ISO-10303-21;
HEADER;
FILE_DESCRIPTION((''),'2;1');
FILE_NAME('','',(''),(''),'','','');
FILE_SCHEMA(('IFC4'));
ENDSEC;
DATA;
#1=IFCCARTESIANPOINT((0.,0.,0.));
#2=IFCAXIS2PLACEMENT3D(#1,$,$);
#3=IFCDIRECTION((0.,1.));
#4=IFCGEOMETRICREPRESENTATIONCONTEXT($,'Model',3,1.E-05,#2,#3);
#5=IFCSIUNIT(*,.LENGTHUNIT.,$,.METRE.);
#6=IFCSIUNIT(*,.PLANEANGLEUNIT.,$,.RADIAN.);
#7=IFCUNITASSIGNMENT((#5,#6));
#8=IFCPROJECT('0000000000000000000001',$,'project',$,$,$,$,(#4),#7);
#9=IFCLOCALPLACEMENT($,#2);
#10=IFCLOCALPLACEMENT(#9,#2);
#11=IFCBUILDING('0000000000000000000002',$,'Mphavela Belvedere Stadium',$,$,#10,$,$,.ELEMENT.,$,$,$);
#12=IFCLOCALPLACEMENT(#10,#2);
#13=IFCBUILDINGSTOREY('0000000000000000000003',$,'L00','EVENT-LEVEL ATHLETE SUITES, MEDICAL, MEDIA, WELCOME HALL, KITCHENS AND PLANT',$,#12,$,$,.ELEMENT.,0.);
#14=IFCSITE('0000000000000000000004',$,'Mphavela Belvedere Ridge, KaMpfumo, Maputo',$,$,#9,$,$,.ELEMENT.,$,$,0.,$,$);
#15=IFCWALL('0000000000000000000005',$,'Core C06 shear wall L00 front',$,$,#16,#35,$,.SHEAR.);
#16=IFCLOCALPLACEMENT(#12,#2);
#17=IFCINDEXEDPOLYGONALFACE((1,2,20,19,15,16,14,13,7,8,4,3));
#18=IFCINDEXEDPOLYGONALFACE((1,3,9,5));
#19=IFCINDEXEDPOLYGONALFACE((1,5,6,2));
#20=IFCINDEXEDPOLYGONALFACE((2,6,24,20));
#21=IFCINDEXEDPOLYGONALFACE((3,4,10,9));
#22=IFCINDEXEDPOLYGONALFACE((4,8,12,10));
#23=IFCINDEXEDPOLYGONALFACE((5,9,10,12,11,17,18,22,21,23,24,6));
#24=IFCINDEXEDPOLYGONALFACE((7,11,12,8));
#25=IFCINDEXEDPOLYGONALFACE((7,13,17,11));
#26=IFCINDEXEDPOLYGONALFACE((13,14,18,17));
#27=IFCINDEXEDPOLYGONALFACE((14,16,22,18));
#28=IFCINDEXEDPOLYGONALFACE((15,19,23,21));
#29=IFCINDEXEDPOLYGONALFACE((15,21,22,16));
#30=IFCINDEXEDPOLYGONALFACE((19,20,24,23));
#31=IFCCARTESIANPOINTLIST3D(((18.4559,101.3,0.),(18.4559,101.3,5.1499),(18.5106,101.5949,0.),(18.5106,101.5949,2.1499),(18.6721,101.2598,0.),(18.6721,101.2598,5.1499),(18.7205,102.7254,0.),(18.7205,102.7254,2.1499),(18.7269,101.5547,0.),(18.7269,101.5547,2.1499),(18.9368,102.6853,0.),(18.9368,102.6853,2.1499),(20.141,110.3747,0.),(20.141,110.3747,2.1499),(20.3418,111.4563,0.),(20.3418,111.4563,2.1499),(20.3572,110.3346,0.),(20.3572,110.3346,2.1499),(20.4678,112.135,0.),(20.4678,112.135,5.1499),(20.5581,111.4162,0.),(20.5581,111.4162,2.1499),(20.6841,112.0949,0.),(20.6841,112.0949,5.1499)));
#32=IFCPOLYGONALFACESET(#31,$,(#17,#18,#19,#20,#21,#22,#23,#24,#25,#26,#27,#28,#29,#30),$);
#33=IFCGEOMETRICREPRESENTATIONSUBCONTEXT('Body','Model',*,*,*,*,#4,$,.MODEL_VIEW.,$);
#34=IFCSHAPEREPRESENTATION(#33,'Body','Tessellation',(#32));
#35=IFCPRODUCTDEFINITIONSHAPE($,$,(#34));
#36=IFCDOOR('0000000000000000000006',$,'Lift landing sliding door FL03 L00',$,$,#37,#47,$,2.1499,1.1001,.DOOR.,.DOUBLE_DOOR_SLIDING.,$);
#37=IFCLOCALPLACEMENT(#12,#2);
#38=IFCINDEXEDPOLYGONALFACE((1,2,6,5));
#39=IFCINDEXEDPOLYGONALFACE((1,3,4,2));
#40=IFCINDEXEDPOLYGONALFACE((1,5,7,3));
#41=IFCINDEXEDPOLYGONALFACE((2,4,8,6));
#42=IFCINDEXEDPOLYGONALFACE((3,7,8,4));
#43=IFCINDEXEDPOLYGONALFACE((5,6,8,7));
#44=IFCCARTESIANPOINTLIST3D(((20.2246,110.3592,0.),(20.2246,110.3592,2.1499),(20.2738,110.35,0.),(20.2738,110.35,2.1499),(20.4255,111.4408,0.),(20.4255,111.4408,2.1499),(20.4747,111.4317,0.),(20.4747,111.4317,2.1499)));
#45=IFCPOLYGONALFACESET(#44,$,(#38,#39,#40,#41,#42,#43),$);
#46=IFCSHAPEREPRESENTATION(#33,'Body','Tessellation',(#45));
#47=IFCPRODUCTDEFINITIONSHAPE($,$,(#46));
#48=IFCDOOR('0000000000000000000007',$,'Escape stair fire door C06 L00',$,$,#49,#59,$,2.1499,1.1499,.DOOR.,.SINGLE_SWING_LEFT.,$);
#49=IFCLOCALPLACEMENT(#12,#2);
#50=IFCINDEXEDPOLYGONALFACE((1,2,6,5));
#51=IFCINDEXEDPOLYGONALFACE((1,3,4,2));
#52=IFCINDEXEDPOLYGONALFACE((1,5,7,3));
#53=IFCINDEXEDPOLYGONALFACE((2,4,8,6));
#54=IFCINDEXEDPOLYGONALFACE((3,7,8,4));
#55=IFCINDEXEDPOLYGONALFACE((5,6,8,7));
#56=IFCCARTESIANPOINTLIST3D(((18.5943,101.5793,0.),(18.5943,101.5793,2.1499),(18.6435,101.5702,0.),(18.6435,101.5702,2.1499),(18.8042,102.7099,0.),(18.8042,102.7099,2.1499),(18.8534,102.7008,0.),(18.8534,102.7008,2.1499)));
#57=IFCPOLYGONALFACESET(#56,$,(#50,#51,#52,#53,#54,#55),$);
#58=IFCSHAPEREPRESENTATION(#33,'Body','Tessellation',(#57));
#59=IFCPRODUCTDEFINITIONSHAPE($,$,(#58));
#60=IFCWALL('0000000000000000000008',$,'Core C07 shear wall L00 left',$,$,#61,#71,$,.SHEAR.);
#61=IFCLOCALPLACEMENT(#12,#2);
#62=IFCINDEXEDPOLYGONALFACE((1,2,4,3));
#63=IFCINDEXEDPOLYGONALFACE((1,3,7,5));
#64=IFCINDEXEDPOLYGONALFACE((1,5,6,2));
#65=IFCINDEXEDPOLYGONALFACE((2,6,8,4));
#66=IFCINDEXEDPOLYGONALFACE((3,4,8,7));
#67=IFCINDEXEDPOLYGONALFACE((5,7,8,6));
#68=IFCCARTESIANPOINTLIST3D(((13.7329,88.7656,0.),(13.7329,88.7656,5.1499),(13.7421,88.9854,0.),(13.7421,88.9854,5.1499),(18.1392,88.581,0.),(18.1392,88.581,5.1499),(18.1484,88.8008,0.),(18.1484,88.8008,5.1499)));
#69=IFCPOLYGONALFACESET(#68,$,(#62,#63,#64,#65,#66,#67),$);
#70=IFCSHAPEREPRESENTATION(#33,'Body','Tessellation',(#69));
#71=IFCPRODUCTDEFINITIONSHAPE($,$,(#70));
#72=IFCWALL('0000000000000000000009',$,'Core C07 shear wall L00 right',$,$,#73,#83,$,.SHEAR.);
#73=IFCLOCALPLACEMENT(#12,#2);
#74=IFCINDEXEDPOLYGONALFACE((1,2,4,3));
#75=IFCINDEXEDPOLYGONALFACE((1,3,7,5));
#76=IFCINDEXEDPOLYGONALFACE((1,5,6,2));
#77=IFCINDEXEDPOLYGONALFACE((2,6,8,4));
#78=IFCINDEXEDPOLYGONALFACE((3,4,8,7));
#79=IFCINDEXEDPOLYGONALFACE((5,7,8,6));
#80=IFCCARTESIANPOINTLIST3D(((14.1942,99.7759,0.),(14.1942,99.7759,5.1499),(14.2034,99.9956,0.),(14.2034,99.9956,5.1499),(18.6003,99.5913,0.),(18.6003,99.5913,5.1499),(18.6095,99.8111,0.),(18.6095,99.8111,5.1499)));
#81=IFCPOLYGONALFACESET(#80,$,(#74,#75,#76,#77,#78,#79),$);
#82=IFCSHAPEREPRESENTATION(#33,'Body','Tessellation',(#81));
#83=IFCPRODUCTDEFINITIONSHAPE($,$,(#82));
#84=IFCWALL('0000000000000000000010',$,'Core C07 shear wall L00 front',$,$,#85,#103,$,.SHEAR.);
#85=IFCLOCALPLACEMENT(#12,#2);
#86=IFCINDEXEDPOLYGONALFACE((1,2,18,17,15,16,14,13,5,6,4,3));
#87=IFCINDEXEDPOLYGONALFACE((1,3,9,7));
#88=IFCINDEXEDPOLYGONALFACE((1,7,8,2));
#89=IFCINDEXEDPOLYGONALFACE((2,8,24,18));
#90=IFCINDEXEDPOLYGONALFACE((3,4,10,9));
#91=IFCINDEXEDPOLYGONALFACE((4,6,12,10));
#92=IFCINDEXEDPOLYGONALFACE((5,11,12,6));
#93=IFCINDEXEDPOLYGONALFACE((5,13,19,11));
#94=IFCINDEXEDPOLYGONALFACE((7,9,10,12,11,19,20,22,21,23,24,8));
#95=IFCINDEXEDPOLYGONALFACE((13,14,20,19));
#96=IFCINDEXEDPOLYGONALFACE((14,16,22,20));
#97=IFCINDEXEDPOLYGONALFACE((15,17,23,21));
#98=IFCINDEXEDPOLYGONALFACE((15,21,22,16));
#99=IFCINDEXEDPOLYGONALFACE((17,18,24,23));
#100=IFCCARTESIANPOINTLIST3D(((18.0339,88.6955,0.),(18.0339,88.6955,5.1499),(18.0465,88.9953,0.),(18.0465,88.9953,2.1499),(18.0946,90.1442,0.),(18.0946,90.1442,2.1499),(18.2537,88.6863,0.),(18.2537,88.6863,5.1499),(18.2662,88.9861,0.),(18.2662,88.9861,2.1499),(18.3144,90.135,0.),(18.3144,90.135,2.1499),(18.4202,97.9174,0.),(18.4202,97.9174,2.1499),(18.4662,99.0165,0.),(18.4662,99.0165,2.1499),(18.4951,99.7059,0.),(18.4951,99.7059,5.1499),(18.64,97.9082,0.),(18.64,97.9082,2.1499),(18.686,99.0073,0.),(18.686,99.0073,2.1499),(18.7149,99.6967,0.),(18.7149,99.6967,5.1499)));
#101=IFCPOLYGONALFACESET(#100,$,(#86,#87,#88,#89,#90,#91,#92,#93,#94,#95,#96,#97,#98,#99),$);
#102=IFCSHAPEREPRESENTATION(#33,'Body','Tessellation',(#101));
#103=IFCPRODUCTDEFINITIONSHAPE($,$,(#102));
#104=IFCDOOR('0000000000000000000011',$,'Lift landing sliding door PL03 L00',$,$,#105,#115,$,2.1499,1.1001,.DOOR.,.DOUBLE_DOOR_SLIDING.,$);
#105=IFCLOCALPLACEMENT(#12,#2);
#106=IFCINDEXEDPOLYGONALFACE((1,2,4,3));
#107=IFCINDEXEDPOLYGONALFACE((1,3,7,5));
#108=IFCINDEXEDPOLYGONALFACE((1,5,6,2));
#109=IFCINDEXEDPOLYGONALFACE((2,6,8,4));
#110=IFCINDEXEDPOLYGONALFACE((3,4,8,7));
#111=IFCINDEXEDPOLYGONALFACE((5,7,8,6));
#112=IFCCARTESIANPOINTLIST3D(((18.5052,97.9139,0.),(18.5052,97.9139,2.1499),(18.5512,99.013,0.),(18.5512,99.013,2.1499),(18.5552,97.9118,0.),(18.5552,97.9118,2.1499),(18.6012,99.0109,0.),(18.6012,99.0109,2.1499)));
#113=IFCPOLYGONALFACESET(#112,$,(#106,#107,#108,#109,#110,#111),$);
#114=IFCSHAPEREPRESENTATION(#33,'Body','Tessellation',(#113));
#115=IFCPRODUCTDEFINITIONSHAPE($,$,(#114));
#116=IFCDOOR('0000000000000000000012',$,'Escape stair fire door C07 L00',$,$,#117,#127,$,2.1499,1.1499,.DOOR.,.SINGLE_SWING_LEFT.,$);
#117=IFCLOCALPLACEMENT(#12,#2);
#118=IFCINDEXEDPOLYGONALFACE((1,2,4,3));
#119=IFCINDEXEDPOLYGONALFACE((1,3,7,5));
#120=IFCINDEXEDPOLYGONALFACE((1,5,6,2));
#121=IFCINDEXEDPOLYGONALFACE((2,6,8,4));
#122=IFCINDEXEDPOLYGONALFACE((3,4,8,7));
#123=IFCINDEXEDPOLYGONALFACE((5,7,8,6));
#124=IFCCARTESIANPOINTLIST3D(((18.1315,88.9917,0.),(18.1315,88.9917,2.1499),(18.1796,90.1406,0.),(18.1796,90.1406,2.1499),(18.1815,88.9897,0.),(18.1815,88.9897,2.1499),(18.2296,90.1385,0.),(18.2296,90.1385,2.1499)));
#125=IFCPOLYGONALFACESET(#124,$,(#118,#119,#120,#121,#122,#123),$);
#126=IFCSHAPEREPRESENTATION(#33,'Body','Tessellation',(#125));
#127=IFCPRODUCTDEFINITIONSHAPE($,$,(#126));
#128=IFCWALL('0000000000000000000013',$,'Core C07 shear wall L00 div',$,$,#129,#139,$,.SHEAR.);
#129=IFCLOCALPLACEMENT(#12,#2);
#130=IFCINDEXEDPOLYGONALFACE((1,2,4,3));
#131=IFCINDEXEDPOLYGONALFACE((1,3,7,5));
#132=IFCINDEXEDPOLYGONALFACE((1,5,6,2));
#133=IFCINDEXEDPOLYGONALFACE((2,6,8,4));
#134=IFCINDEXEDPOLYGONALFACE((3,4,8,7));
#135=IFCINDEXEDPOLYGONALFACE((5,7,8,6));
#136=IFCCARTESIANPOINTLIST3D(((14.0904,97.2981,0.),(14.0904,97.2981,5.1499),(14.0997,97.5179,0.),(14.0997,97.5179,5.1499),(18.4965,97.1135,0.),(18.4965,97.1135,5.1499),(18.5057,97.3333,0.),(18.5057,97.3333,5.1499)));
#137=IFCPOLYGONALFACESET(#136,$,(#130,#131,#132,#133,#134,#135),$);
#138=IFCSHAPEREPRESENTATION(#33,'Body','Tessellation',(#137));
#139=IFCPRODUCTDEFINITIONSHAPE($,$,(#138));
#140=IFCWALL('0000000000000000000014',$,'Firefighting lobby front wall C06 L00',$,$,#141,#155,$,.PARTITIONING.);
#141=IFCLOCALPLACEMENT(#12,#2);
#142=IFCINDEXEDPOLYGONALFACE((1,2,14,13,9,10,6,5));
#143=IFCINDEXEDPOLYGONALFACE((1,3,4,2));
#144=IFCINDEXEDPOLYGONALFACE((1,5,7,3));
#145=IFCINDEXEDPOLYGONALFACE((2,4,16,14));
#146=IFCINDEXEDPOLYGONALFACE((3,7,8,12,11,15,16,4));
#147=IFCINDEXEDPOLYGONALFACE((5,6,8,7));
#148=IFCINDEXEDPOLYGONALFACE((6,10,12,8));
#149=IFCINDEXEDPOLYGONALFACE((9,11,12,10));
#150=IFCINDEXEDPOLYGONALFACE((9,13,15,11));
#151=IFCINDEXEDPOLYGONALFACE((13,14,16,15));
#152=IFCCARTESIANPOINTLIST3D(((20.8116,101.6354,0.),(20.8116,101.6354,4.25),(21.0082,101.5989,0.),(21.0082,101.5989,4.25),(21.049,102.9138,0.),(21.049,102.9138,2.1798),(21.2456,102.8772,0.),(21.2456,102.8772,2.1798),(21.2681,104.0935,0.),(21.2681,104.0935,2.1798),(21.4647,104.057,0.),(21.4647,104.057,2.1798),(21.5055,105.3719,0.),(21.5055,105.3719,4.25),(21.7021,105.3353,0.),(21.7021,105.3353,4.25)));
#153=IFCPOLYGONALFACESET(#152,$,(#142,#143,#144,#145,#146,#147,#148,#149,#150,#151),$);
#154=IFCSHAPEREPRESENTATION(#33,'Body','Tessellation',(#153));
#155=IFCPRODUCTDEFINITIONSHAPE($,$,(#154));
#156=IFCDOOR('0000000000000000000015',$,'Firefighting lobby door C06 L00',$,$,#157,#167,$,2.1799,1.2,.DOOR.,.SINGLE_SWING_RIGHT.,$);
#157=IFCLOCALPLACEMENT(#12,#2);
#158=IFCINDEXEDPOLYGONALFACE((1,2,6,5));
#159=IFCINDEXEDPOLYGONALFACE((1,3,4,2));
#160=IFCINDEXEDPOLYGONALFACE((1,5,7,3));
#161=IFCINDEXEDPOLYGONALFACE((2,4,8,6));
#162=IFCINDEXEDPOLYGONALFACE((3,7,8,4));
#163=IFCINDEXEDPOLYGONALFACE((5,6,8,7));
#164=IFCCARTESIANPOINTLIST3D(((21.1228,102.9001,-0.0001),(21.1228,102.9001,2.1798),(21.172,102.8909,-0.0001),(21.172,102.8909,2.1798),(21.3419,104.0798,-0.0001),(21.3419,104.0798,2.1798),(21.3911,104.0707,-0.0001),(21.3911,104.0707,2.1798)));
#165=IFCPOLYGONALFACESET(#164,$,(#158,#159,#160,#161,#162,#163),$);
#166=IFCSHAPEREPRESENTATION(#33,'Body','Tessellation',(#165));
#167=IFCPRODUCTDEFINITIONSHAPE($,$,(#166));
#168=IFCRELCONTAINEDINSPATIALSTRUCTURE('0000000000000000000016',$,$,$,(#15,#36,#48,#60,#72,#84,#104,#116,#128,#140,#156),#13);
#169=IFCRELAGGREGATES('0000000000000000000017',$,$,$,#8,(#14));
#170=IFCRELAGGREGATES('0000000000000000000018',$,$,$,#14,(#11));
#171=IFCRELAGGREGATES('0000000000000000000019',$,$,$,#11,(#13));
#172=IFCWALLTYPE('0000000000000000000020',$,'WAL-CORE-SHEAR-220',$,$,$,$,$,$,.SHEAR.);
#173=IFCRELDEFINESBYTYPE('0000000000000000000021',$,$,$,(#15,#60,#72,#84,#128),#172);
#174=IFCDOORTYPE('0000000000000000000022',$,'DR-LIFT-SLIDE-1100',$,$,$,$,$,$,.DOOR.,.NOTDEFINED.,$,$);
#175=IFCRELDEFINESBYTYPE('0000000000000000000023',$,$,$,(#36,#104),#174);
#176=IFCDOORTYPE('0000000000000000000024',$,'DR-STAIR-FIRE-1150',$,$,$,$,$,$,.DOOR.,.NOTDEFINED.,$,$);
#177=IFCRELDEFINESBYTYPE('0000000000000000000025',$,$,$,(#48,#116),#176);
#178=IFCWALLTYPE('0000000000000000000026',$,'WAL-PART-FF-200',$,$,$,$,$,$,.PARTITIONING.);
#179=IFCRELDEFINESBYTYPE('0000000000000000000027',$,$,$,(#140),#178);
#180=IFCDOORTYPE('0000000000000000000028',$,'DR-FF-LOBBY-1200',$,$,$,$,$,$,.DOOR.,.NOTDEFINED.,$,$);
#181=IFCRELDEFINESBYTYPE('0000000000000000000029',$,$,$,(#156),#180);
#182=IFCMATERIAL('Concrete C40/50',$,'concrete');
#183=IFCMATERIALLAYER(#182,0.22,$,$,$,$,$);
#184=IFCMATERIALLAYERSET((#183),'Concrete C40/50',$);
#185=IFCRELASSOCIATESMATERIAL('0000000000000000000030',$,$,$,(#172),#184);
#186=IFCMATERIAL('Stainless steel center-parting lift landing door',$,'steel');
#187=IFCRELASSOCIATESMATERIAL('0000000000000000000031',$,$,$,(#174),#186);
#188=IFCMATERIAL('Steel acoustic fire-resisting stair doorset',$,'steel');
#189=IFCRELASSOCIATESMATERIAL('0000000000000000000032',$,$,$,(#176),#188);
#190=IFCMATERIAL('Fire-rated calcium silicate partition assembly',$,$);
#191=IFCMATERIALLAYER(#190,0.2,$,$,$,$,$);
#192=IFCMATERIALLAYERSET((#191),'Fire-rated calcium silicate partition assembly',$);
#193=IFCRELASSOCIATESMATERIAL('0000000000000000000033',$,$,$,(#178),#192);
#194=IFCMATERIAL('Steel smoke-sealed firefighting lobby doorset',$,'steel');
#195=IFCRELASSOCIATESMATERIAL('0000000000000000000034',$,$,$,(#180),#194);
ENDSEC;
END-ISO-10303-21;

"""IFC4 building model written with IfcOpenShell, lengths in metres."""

from ifc_helpers import new_model, si_unit, direction, frame, frame_2d, origin, place, context, subcontext, project, spatial, rectangle, extrude, material, layer, layer_set, type_object, element, fill, save


model = new_model("IFC4")

# Units and contexts
model_context = context("Model", 3, precision=1e-05, world=origin(), true_north=direction((0.0, 1.0)))
body_context = subcontext(model_context, "Body", "Model", "MODEL_VIEW")
ifc_project = project(units=[si_unit("LENGTHUNIT", "METRE"), si_unit("PLANEANGLEUNIT", "RADIAN")], contexts=[model_context])

# Site, building, storey
site_placement = place(None, origin())
site = spatial("IfcSite", under=ifc_project, at=site_placement, Name="Mphavela Belvedere Ridge, KaMpfumo, Maputo", CompositionType="ELEMENT", RefElevation=0.0)
building_placement = place(site_placement, origin())
building = spatial("IfcBuilding", under=site, at=building_placement, Name="Mphavela Belvedere Stadium", CompositionType="ELEMENT")
storey_placement = place(building_placement, origin())
storey = spatial("IfcBuildingStorey", under=building, at=storey_placement, Name="L00", Description="EVENT-LEVEL ATHLETE SUITES, MEDICAL, MEDIA, WELCOME HALL, KITCHENS AND PLANT", CompositionType="ELEMENT", Elevation=0.0)

# Shared definitions
ifc_material_1 = material(Name="Concrete C40/50", Category="concrete")
ifc_layer_1 = layer(ifc_material_1, 0.22)
ifc_layer_set_1 = layer_set([ifc_layer_1], Name="Concrete C40/50")
wall_type_1 = type_object("IfcWallType", Name="WAL-CORE-SHEAR-220", PredefinedType="SHEAR", material=ifc_layer_set_1)

# Wall, openings, doors
wall_1_placement = place(storey_placement, frame((18.564, 101.2798, 0.0), z_axis=(0.0, 0.0, 1.0), x_axis=(0.182571, 0.983193, 0.0)))
wall_1 = element("IfcWall", 1, at=wall_1_placement, inside=storey, type_object=wall_type_1, Name="Core C06 shear wall L00 front", PredefinedType="SHEAR", context=body_context, shape_type="SweptSolid", body=[
    extrude(rectangle(XDim=11.0203, YDim=0.22, at=frame_2d((5.5103, 0.0))), origin(), (0.0, 0.0, 1.0), 5.1499),
])
opening_1_placement = place(wall_1_placement, frame((0.3, 0.0, 0.0)))
opening_1 = element("IfcOpeningElement", 2, at=opening_1_placement, cuts=wall_1, PredefinedType="OPENING", context=body_context, shape_type="SweptSolid", body=[
    extrude(rectangle(XDim=1.1499, YDim=2.1499, at=frame_2d((0.575, 1.075))), frame((0.0, 0.1201, 0.0), z_axis=(0.0, -1.0, 0.0), x_axis=(1.0, 0.0, 0.0)), (0.0, 0.0, 1.0), 0.24),
])
opening_2_placement = place(wall_1_placement, frame((9.23, 0.0, 0.0)))
opening_2 = element("IfcOpeningElement", 3, at=opening_2_placement, cuts=wall_1, PredefinedType="OPENING", context=body_context, shape_type="SweptSolid", body=[
    extrude(rectangle(XDim=1.1001, YDim=2.1499, at=frame_2d((0.55, 1.075))), frame((0.0, 0.1201, 0.0), z_axis=(0.0, -1.0, 0.0), x_axis=(1.0, 0.0, 0.0)), (0.0, 0.0, 1.0), 0.24),
])
ifc_material_2 = material(Name="Stainless steel center-parting lift landing door", Category="steel")
door_type_1 = type_object("IfcDoorType", Name="DR-LIFT-SLIDE-1100", OperationType="NOTDEFINED", PredefinedType="DOOR", material=ifc_material_2)
door_1_placement = place(opening_2_placement, origin())
door_1 = element("IfcDoor", 4, at=door_1_placement, inside=storey, type_object=door_type_1, Name="Lift landing sliding door FL03 L00", OperationType="DOUBLE_DOOR_SLIDING", OverallHeight=2.1499, OverallWidth=1.1001, PredefinedType="DOOR", context=body_context, shape_type="SweptSolid", body=[
    extrude(rectangle(XDim=1.1001, YDim=2.1499, at=frame_2d((0.55, 1.075))), frame((0.0, 0.0249, 0.0), z_axis=(0.0, -1.0, 0.0), x_axis=(1.0, 0.0, 0.0)), (0.0, 0.0, 1.0), 0.05),
])
fill(opening_2, door_1)
ifc_material_3 = material(Name="Steel acoustic fire-resisting stair doorset", Category="steel")
door_type_2 = type_object("IfcDoorType", Name="DR-STAIR-FIRE-1150", OperationType="NOTDEFINED", PredefinedType="DOOR", material=ifc_material_3)
door_2_placement = place(opening_1_placement, origin())
door_2 = element("IfcDoor", 5, at=door_2_placement, inside=storey, type_object=door_type_2, Name="Escape stair fire door C06 L00", OperationType="SINGLE_SWING_LEFT", OverallHeight=2.1499, OverallWidth=1.1499, PredefinedType="DOOR", context=body_context, shape_type="SweptSolid", body=[
    extrude(rectangle(XDim=1.1499, YDim=2.1499, at=frame_2d((0.575, 1.075))), frame((0.0, 0.0249, 0.0), z_axis=(0.0, -1.0, 0.0), x_axis=(1.0, 0.0, 0.0)), (0.0, 0.0, 1.0), 0.05),
])
fill(opening_1, door_2)

# Walls
wall_2_placement = place(storey_placement, frame((18.1438, 88.6909, 0.0), z_axis=(0.0, 0.0, 1.0), x_axis=(-0.999124, 0.041852, 0.0)))
element("IfcWall", 6, at=wall_2_placement, inside=storey, type_object=wall_type_1, Name="Core C07 shear wall L00 left", PredefinedType="SHEAR", context=body_context, shape_type="SweptSolid", body=[
    extrude(rectangle(XDim=4.4102, YDim=0.22, at=frame_2d((2.2051, 0.0))), origin(), (0.0, 0.0, 1.0), 5.1499),
])
wall_3_placement = place(storey_placement, frame((18.605, 99.7012, 0.0), z_axis=(0.0, 0.0, 1.0), x_axis=(-0.999124, 0.041854, 0.0)))
element("IfcWall", 7, at=wall_3_placement, inside=storey, type_object=wall_type_1, Name="Core C07 shear wall L00 right", PredefinedType="SHEAR", context=body_context, shape_type="SweptSolid", body=[
    extrude(rectangle(XDim=4.4099, YDim=0.22, at=frame_2d((2.2051, 0.0))), origin(), (0.0, 0.0, 1.0), 5.1499),
])

# Wall, openings, doors
wall_4_placement = place(storey_placement, frame((18.1438, 88.6909, 0.0), z_axis=(0.0, 0.0, 1.0), x_axis=(0.04185, 0.999124, 0.0)))
wall_4 = element("IfcWall", 8, at=wall_4_placement, inside=storey, type_object=wall_type_1, Name="Core C07 shear wall L00 front", PredefinedType="SHEAR", context=body_context, shape_type="SweptSolid", body=[
    extrude(rectangle(XDim=11.02, YDim=0.22, at=frame_2d((5.51, 0.0))), origin(), (0.0, 0.0, 1.0), 5.1499),
])
opening_3_placement = place(wall_4_placement, frame((0.3, 0.0, 0.0)))
opening_3 = element("IfcOpeningElement", 9, at=opening_3_placement, cuts=wall_4, PredefinedType="OPENING", context=body_context, shape_type="SweptSolid", body=[
    extrude(rectangle(XDim=1.1499, YDim=2.1499, at=frame_2d((0.575, 1.075))), frame((0.0, 0.1201, 0.0), z_axis=(0.0, -1.0, 0.0), x_axis=(1.0, 0.0, 0.0)), (0.0, 0.0, 1.0), 0.24),
])
opening_4_placement = place(wall_4_placement, frame((9.23, 0.0, 0.0)))
opening_4 = element("IfcOpeningElement", 10, at=opening_4_placement, cuts=wall_4, PredefinedType="OPENING", context=body_context, shape_type="SweptSolid", body=[
    extrude(rectangle(XDim=1.1001, YDim=2.1499, at=frame_2d((0.55, 1.075))), frame((0.0, 0.1201, 0.0), z_axis=(0.0, -1.0, 0.0), x_axis=(1.0, 0.0, 0.0)), (0.0, 0.0, 1.0), 0.24),
])
door_3_placement = place(opening_4_placement, origin())
door_3 = element("IfcDoor", 11, at=door_3_placement, inside=storey, type_object=door_type_1, Name="Lift landing sliding door PL03 L00", OperationType="DOUBLE_DOOR_SLIDING", OverallHeight=2.1499, OverallWidth=1.1001, PredefinedType="DOOR", context=body_context, shape_type="SweptSolid", body=[
    extrude(rectangle(XDim=1.1001, YDim=2.1499, at=frame_2d((0.55, 1.075))), frame((0.0, 0.0249, 0.0), z_axis=(0.0, -1.0, 0.0), x_axis=(1.0, 0.0, 0.0)), (0.0, 0.0, 1.0), 0.05),
])
fill(opening_4, door_3)
door_4_placement = place(opening_3_placement, origin())
door_4 = element("IfcDoor", 12, at=door_4_placement, inside=storey, type_object=door_type_2, Name="Escape stair fire door C07 L00", OperationType="SINGLE_SWING_LEFT", OverallHeight=2.1499, OverallWidth=1.1499, PredefinedType="DOOR", context=body_context, shape_type="SweptSolid", body=[
    extrude(rectangle(XDim=1.1499, YDim=2.1499, at=frame_2d((0.575, 1.075))), frame((0.0, 0.0249, 0.0), z_axis=(0.0, -1.0, 0.0), x_axis=(1.0, 0.0, 0.0)), (0.0, 0.0, 1.0), 0.05),
])
fill(opening_3, door_4)

# Wall
wall_5_placement = place(storey_placement, frame((18.5012, 97.2234, 0.0), z_axis=(0.0, 0.0, 1.0), x_axis=(-0.999124, 0.041854, 0.0)))
element("IfcWall", 13, at=wall_5_placement, inside=storey, type_object=wall_type_1, Name="Core C07 shear wall L00 div", PredefinedType="SHEAR", context=body_context, shape_type="SweptSolid", body=[
    extrude(rectangle(XDim=4.4099, YDim=0.22, at=frame_2d((2.2051, 0.0))), origin(), (0.0, 0.0, 1.0), 5.1499),
])

# Wall, opening, door
ifc_material_4 = material(Name="Fire-rated calcium silicate partition assembly")
ifc_layer_2 = layer(ifc_material_4, 0.2)
ifc_layer_set_2 = layer_set([ifc_layer_2], Name="Fire-rated calcium silicate partition assembly")
wall_type_2 = type_object("IfcWallType", Name="WAL-PART-FF-200", PredefinedType="PARTITIONING", material=ifc_layer_set_2)
wall_6_placement = place(storey_placement, frame((20.9099, 101.6172, 0.0), z_axis=(0.0, 0.0, 1.0), x_axis=(0.182582, 0.983191, 0.0)))
wall_6 = element("IfcWall", 14, at=wall_6_placement, inside=storey, type_object=wall_type_2, Name="Firefighting lobby front wall C06 L00", PredefinedType="PARTITIONING", context=body_context, shape_type="SweptSolid", body=[
    extrude(rectangle(XDim=3.8003, YDim=0.2, at=frame_2d((1.9001, 0.0))), origin(), (0.0, 0.0, 1.0), 4.25),
])
opening_5_placement = place(wall_6_placement, frame((1.3, 0.0, 0.0)))
opening_5 = element("IfcOpeningElement", 15, at=opening_5_placement, cuts=wall_6, PredefinedType="OPENING", context=body_context, shape_type="SweptSolid", body=[
    extrude(rectangle(XDim=1.2, YDim=2.1799, at=frame_2d((0.6001, 1.0898))), frame((0.0, 0.1099, 0.0), z_axis=(0.0, -1.0, 0.0), x_axis=(1.0, 0.0, 0.0)), (0.0, 0.0, 1.0), 0.22),
])
ifc_material_5 = material(Name="Steel smoke-sealed firefighting lobby doorset", Category="steel")
door_type_3 = type_object("IfcDoorType", Name="DR-FF-LOBBY-1200", OperationType="NOTDEFINED", PredefinedType="DOOR", material=ifc_material_5)
door_5_placement = place(opening_5_placement, origin())
door_5 = element("IfcDoor", 16, at=door_5_placement, inside=storey, type_object=door_type_3, Name="Firefighting lobby door C06 L00", OperationType="SINGLE_SWING_RIGHT", OverallHeight=2.1799, OverallWidth=1.2, PredefinedType="DOOR", context=body_context, shape_type="SweptSolid", body=[
    extrude(rectangle(XDim=1.2, YDim=2.1799, at=frame_2d((0.6001, 1.0898))), frame((0.0, 0.0249, 0.0), z_axis=(0.0, -1.0, 0.0), x_axis=(1.0, 0.0, 0.0)), (0.0, 0.0, 1.0), 0.05),
])
fill(opening_5, door_5)

save(model, "model.ifc")
